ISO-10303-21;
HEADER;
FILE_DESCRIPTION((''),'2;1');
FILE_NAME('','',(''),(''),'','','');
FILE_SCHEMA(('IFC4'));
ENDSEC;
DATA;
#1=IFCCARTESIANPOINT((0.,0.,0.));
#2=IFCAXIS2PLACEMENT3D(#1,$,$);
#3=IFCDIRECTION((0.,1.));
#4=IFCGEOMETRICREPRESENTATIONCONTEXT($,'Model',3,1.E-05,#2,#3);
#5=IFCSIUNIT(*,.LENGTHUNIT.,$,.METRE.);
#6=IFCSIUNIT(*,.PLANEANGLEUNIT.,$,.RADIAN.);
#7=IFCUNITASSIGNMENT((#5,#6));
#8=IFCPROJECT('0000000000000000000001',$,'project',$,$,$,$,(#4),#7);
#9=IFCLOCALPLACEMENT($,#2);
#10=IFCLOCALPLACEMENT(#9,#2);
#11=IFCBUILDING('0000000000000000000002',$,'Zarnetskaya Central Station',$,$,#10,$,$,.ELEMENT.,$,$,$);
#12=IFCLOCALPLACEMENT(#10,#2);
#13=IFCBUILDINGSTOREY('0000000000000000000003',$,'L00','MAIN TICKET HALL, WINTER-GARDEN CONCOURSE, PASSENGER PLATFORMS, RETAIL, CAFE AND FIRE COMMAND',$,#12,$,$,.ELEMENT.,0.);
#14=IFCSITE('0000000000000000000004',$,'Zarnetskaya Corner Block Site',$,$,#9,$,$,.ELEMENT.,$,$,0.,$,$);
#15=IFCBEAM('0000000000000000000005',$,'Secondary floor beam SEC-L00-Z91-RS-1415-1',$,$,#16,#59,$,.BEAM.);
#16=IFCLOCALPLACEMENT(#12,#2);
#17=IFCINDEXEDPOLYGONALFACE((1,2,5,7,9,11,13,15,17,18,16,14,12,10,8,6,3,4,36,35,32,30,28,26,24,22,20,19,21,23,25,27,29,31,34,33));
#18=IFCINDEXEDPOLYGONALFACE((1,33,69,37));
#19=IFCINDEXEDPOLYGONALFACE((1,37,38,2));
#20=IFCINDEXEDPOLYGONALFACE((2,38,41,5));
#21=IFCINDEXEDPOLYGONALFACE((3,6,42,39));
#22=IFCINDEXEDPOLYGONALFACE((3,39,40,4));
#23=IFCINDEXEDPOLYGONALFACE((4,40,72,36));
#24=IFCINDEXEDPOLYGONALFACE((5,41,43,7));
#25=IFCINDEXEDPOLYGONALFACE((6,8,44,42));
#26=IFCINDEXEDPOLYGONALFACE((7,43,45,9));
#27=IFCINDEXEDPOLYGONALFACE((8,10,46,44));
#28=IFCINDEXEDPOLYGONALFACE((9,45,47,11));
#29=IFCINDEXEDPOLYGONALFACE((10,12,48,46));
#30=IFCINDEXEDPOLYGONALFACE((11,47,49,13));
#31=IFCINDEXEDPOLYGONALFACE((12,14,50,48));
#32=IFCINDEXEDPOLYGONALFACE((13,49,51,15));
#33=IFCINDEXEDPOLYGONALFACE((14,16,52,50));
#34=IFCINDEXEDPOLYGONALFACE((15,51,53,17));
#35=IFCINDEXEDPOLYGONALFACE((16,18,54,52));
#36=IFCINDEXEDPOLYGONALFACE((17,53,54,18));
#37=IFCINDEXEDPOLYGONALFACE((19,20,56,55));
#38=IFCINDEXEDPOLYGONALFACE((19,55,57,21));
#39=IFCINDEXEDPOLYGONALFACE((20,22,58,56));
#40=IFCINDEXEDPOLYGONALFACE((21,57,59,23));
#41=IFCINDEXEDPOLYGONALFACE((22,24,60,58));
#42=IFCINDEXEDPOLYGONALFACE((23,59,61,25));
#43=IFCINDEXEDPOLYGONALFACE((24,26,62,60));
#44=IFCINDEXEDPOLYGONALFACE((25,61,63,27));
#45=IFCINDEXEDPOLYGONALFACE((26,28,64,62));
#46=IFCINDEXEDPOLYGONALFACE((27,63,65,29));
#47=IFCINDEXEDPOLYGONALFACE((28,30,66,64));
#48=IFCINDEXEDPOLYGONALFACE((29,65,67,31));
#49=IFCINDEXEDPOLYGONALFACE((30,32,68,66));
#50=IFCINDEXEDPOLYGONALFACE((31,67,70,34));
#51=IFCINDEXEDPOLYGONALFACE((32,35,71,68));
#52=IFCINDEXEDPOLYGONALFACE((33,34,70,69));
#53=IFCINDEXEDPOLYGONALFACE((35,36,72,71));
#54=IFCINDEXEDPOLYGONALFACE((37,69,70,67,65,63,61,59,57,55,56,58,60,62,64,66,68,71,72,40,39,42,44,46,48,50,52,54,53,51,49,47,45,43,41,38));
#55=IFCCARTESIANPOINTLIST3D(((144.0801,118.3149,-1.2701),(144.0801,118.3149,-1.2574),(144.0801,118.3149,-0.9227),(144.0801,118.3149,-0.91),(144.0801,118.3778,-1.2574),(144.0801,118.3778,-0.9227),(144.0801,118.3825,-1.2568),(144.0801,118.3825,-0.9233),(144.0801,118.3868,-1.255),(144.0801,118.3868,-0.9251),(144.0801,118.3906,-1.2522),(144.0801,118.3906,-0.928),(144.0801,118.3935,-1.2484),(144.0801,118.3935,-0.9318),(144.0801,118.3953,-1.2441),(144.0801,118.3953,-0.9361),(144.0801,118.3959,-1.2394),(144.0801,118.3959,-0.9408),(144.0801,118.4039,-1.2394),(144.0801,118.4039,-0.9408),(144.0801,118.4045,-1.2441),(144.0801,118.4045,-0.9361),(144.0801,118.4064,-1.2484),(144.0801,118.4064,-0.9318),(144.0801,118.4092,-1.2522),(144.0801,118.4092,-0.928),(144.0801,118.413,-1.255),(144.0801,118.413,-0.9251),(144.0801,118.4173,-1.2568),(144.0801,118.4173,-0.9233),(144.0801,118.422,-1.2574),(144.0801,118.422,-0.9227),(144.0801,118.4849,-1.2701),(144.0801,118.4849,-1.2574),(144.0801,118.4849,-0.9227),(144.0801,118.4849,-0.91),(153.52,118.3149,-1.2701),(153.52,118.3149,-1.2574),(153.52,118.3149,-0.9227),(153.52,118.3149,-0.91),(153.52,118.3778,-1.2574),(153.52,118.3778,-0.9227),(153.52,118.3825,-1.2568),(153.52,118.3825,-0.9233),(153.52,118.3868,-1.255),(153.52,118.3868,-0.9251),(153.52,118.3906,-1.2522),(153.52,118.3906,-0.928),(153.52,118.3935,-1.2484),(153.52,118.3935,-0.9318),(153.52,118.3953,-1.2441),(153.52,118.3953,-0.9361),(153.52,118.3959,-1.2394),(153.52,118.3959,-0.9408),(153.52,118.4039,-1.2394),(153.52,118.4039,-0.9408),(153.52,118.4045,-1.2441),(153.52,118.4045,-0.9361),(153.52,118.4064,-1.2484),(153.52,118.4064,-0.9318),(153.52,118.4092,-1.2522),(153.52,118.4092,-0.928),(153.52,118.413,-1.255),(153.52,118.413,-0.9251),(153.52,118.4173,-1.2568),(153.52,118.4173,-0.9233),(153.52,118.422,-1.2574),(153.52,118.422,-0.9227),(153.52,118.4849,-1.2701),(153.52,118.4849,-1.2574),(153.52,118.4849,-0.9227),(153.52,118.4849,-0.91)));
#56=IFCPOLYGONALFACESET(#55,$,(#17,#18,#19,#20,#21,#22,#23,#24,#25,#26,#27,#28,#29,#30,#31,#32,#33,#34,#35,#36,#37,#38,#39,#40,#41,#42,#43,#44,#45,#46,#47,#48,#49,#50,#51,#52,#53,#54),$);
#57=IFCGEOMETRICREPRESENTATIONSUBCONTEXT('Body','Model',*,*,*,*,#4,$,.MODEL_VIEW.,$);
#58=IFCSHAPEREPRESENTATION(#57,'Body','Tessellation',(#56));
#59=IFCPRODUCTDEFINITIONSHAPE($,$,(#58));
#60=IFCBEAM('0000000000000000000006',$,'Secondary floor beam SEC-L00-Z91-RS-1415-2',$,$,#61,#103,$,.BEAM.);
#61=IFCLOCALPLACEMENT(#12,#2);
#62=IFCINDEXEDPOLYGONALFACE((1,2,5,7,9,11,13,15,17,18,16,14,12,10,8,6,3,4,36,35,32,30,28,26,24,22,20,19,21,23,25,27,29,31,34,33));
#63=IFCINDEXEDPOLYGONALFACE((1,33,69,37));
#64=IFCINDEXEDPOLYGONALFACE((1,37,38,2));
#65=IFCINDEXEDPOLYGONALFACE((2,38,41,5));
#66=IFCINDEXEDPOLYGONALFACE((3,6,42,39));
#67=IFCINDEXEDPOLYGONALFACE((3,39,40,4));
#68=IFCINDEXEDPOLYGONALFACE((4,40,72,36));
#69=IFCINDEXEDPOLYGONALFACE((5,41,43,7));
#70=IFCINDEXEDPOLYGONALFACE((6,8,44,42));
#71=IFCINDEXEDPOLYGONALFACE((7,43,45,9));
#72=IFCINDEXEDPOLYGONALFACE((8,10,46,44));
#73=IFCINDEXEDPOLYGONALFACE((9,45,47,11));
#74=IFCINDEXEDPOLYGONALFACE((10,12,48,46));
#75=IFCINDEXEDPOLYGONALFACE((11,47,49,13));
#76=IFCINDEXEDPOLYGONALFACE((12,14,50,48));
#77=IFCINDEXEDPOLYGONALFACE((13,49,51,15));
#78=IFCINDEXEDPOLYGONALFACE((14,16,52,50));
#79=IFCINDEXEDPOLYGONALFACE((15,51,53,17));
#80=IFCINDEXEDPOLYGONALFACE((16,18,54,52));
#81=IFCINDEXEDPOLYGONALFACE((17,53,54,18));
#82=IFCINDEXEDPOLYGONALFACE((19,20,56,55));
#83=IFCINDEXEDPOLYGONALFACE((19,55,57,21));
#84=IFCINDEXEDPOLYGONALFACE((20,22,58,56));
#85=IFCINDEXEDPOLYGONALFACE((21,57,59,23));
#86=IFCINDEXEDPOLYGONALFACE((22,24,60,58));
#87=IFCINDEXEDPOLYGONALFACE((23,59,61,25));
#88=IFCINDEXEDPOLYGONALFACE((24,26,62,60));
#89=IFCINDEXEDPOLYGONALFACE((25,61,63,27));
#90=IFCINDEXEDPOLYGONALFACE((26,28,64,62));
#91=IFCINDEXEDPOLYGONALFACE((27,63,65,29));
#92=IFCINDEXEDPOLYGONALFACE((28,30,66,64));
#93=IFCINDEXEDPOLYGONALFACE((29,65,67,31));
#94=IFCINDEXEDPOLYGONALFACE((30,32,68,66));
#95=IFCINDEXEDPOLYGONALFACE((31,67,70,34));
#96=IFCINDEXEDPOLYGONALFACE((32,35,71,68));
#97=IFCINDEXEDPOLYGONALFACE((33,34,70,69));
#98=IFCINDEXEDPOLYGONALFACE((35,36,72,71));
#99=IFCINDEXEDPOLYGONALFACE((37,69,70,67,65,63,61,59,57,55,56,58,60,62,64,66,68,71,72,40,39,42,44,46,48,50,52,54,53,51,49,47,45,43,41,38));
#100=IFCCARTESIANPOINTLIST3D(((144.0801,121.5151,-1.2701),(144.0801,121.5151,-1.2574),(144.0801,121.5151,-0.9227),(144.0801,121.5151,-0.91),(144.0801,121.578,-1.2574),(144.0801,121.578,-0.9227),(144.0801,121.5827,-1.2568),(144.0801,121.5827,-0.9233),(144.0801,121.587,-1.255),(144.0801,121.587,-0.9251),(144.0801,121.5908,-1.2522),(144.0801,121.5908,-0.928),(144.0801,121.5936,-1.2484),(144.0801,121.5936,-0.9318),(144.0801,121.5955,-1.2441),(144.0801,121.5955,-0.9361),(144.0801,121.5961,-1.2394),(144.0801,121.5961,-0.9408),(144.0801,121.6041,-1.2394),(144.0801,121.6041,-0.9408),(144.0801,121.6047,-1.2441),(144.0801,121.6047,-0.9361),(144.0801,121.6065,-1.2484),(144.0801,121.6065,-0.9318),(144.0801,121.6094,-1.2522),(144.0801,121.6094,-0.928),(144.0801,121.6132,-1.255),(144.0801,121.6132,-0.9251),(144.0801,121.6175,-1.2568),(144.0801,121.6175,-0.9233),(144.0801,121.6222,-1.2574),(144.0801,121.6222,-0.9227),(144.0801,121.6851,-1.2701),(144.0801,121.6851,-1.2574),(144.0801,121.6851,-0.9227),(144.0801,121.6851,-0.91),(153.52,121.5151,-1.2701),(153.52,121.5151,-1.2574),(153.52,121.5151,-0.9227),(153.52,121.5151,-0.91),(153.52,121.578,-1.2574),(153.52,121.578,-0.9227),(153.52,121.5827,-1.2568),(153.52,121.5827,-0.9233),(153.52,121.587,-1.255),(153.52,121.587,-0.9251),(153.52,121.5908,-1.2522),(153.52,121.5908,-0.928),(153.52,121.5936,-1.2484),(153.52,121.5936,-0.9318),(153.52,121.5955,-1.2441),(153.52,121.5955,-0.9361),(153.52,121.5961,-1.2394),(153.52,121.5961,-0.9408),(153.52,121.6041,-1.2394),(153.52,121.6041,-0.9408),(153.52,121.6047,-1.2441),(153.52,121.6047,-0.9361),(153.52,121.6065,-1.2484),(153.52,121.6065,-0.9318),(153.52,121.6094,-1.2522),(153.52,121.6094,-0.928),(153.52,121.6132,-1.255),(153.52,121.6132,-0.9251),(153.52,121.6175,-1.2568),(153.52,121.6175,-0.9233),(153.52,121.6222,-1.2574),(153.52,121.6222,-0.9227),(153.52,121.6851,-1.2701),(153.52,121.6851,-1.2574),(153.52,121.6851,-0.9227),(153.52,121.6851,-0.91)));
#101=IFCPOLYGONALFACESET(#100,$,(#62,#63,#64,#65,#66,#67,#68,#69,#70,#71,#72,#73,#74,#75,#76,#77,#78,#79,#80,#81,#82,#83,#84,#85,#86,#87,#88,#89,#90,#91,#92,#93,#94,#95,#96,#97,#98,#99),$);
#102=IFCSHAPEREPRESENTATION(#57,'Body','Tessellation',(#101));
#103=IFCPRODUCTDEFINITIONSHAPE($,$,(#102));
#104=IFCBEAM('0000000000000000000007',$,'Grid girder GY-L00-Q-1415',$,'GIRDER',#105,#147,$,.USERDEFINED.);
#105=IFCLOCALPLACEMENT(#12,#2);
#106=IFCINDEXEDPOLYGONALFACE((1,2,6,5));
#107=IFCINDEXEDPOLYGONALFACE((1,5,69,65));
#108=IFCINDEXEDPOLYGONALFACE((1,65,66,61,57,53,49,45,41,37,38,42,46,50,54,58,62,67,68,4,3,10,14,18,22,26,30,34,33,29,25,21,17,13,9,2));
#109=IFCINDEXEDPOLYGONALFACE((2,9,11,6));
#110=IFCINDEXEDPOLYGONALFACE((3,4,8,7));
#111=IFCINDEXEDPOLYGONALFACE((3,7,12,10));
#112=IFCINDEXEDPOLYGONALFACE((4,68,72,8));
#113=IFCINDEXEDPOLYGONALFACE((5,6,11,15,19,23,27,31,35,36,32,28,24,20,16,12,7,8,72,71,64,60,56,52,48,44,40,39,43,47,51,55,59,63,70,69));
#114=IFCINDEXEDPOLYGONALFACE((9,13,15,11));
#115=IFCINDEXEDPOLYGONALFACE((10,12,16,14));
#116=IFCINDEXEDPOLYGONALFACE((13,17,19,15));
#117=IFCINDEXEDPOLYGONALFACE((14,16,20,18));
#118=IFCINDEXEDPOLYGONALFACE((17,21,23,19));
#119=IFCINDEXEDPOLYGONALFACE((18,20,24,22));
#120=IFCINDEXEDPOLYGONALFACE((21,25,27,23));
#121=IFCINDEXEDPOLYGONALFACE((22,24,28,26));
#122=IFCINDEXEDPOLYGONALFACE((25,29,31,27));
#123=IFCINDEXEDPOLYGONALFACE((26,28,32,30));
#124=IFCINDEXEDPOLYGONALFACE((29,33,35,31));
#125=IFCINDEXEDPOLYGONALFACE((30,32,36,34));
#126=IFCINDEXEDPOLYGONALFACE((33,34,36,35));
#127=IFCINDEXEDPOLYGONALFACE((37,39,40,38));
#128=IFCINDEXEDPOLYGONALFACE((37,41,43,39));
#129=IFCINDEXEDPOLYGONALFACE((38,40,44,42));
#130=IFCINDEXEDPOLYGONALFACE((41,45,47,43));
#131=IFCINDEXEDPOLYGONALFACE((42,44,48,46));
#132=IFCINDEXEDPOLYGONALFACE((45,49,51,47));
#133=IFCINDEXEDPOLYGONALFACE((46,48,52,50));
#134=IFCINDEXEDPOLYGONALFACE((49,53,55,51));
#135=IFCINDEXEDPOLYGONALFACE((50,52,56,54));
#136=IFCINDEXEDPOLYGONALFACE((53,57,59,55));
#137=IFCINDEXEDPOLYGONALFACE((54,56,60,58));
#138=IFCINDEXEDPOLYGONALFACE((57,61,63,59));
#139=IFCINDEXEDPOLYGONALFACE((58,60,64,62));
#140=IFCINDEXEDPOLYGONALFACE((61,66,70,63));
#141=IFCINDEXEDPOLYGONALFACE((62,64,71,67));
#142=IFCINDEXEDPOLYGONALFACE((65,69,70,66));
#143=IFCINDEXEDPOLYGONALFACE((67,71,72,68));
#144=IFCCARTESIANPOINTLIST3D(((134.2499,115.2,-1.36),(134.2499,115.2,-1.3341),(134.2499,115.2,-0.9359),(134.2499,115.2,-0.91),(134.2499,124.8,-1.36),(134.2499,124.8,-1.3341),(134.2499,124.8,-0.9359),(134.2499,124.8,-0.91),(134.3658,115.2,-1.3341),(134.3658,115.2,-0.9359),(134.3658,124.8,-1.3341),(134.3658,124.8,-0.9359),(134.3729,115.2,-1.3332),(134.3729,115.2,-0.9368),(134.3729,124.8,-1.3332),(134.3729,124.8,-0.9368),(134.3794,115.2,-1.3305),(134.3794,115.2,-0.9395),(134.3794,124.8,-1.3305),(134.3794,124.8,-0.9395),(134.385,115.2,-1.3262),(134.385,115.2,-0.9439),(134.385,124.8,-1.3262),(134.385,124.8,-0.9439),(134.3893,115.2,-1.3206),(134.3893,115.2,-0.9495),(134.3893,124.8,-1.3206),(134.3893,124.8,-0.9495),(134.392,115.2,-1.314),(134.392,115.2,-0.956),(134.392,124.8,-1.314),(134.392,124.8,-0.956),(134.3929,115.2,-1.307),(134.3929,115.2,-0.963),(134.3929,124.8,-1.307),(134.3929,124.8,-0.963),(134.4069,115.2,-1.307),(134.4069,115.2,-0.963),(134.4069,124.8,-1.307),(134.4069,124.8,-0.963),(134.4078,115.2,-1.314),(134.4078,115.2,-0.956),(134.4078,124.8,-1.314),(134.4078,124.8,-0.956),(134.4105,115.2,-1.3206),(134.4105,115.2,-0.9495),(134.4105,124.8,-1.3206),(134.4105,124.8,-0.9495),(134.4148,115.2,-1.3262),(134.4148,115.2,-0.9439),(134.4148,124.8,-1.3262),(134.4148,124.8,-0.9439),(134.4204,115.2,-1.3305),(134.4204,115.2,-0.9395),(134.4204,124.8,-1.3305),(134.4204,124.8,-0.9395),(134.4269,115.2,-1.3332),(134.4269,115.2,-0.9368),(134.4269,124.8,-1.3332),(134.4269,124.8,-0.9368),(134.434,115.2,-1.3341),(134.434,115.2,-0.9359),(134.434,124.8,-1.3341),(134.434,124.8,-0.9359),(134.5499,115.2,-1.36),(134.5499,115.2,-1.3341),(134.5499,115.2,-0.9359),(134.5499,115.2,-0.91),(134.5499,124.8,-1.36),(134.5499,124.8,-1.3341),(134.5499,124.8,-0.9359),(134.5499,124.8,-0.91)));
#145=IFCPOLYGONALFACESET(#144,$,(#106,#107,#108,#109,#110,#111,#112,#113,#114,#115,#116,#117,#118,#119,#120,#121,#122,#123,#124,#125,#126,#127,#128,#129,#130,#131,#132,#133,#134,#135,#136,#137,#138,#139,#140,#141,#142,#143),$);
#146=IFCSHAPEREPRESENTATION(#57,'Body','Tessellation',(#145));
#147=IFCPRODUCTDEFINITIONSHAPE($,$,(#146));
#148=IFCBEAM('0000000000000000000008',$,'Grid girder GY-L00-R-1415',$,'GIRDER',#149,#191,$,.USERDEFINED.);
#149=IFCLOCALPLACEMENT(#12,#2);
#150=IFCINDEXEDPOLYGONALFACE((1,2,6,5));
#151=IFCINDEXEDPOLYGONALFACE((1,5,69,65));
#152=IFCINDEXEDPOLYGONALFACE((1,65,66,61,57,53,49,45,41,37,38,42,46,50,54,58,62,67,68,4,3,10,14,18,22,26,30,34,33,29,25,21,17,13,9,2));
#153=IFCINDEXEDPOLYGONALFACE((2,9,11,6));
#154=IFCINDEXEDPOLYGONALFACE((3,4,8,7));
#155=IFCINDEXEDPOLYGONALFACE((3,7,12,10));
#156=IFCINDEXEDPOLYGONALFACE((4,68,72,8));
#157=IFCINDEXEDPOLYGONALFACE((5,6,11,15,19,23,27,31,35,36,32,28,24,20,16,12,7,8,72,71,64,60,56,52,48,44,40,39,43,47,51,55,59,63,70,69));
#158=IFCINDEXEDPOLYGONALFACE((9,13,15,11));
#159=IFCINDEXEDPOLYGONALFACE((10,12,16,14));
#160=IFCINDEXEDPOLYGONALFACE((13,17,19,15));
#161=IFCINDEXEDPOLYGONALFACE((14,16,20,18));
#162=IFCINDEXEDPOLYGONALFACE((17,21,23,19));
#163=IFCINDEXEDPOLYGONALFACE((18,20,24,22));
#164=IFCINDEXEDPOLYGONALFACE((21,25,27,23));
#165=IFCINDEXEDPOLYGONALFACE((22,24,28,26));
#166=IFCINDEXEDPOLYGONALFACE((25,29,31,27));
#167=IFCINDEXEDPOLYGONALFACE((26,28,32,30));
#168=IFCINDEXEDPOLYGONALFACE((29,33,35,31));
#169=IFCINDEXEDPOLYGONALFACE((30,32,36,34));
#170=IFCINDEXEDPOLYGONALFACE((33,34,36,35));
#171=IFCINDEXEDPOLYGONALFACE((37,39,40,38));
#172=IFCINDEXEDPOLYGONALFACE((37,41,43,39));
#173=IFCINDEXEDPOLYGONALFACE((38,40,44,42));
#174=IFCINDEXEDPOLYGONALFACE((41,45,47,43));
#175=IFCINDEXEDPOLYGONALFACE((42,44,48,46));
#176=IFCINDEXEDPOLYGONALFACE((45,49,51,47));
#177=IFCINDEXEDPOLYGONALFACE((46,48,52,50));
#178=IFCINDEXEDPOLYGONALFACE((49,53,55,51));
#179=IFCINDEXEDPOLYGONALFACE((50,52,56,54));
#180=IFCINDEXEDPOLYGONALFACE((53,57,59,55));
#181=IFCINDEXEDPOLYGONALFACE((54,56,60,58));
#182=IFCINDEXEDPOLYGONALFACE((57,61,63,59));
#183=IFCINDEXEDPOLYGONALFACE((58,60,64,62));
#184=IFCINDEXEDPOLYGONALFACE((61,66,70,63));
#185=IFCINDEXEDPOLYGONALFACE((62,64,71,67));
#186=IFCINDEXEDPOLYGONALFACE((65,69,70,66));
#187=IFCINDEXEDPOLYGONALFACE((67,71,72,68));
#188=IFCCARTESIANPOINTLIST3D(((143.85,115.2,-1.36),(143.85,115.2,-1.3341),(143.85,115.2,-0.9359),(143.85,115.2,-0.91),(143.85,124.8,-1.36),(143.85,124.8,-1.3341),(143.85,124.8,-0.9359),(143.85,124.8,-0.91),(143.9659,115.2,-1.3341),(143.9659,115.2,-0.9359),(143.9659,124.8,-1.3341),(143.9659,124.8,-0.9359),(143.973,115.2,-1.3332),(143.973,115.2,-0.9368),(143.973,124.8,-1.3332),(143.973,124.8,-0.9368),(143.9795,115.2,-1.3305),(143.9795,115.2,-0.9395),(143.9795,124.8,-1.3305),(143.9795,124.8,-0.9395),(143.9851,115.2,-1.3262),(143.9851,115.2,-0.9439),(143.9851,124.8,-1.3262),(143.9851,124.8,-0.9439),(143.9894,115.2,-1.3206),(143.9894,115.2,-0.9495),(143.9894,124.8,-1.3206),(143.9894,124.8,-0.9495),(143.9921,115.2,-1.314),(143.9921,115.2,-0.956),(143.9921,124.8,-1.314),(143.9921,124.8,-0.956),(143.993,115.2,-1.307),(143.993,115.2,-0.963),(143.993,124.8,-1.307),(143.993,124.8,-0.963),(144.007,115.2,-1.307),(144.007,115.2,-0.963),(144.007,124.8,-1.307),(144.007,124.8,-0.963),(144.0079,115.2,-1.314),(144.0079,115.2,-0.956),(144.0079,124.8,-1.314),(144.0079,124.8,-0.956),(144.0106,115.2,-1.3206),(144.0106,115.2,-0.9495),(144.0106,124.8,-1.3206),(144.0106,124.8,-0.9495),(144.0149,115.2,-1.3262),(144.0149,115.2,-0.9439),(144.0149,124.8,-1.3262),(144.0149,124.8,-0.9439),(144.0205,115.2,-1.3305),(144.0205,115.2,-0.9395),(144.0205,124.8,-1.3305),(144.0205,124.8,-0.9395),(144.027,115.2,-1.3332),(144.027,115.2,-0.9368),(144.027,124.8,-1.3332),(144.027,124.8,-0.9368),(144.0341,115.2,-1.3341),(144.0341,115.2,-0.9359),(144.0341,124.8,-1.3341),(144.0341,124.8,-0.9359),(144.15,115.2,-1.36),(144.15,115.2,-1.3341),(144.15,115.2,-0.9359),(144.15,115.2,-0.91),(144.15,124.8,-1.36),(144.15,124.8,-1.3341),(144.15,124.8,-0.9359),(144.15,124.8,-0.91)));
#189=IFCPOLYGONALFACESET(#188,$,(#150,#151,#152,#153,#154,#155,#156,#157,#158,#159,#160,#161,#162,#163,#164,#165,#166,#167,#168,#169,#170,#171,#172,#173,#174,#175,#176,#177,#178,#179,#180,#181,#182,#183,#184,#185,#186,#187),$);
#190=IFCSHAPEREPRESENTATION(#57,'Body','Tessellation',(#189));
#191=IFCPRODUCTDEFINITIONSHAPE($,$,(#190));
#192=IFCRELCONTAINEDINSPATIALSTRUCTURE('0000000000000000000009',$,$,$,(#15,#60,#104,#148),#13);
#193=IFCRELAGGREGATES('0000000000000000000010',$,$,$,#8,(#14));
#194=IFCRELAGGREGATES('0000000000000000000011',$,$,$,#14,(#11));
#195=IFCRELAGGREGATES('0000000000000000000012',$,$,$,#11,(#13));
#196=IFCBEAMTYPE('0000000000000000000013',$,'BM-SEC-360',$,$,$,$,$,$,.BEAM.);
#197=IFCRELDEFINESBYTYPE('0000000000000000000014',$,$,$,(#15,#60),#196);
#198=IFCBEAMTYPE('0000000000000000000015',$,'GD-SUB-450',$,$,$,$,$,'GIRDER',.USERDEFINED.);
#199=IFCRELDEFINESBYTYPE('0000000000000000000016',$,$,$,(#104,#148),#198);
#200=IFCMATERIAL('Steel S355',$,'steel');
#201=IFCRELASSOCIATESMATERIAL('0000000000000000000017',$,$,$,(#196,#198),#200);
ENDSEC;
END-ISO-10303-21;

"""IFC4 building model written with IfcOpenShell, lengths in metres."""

from ifc_helpers import new_model, si_unit, direction, frame, origin, origin_2d, place, context, subcontext, project, spatial, i_section, extrude, material, material_profile, profile_set, type_object, element, save


model = new_model("IFC4")

# Units and contexts
model_context = context("Model", 3, precision=1e-05, world=origin(), true_north=direction((0.0, 1.0)))
body_context = subcontext(model_context, "Body", "Model", "MODEL_VIEW")
ifc_project = project(units=[si_unit("LENGTHUNIT", "METRE"), si_unit("PLANEANGLEUNIT", "RADIAN")], contexts=[model_context])

# Site, building, storey
site_placement = place(None, origin())
site = spatial("IfcSite", under=ifc_project, at=site_placement, Name="Zarnetskaya Corner Block Site", CompositionType="ELEMENT", RefElevation=0.0)
building_placement = place(site_placement, origin())
building = spatial("IfcBuilding", under=site, at=building_placement, Name="Zarnetskaya Central Station", CompositionType="ELEMENT")
storey_placement = place(building_placement, origin())
storey = spatial("IfcBuildingStorey", under=building, at=storey_placement, Name="L00", Description="MAIN TICKET HALL, WINTER-GARDEN CONCOURSE, PASSENGER PLATFORMS, RETAIL, CAFE AND FIRE COMMAND", CompositionType="ELEMENT", Elevation=0.0)

# Shared definitions
ifc_material = material(Name="Steel S355", Category="steel")

# Beams
ifc_material_profile_1 = material_profile(ifc_material, i_section(OverallWidth=0.1699, OverallDepth=0.3601, WebThickness=0.0081, FlangeThickness=0.0127, FilletRadius=0.0181, at=origin_2d()), Name="IPE 360")
ifc_profile_set_1 = profile_set([ifc_material_profile_1], Name="Steel S355")
beam_type_1 = type_object("IfcBeamType", Name="BM-SEC-360", PredefinedType="BEAM", material=ifc_profile_set_1)
for number, where, z_axis, x_axis, name in (
    (1, (144.0801, 118.3999, -1.0901), (1.0, 0.0, 0.0), (0.0, 1.0, 0.0), "Secondary floor beam SEC-L00-Z91-RS-1415-1"),
    (2, (144.0801, 121.6001, -1.0901), (1.0, 0.0, 0.0), (0.0, 1.0, 0.0), "Secondary floor beam SEC-L00-Z91-RS-1415-2"),
):
    element("IfcBeam", number, at=place(storey_placement, frame(where, z_axis=z_axis, x_axis=x_axis)), inside=storey, type_object=beam_type_1, Name=name, PredefinedType="BEAM", context=body_context, shape_type="SweptSolid", body=[
        extrude(i_section(OverallWidth=0.1699, OverallDepth=0.3601, WebThickness=0.0081, FlangeThickness=0.0127, FilletRadius=0.0181, at=origin_2d()), origin(), (0.0, 0.0, 1.0), 9.4399),
    ])
ifc_material_profile_2 = material_profile(ifc_material, i_section(OverallWidth=0.3, OverallDepth=0.45, WebThickness=0.0139, FlangeThickness=0.0259, FilletRadius=0.0271, at=origin_2d()), Name="HEB 450")
ifc_profile_set_2 = profile_set([ifc_material_profile_2], Name="Steel S355")
beam_type_2 = type_object("IfcBeamType", Name="GD-SUB-450", ElementType="GIRDER", PredefinedType="USERDEFINED", material=ifc_profile_set_2)
for number, where, z_axis, x_axis, name in (
    (3, (134.3999, 115.2, -1.135), (0.0, 1.0, 0.0), (-1.0, 0.0, 0.0), "Grid girder GY-L00-Q-1415"),
    (4, (144.0, 115.2, -1.135), (0.0, 1.0, 0.0), (-1.0, 0.0, 0.0), "Grid girder GY-L00-R-1415"),
):
    element("IfcBeam", number, at=place(storey_placement, frame(where, z_axis=z_axis, x_axis=x_axis)), inside=storey, type_object=beam_type_2, Name=name, ObjectType="GIRDER", PredefinedType="USERDEFINED", context=body_context, shape_type="SweptSolid", body=[
        extrude(i_section(OverallWidth=0.3, OverallDepth=0.45, WebThickness=0.0139, FlangeThickness=0.0259, FilletRadius=0.0271, at=origin_2d()), origin(), (0.0, 0.0, 1.0), 9.6001),
    ])

save(model, "model.ifc")
